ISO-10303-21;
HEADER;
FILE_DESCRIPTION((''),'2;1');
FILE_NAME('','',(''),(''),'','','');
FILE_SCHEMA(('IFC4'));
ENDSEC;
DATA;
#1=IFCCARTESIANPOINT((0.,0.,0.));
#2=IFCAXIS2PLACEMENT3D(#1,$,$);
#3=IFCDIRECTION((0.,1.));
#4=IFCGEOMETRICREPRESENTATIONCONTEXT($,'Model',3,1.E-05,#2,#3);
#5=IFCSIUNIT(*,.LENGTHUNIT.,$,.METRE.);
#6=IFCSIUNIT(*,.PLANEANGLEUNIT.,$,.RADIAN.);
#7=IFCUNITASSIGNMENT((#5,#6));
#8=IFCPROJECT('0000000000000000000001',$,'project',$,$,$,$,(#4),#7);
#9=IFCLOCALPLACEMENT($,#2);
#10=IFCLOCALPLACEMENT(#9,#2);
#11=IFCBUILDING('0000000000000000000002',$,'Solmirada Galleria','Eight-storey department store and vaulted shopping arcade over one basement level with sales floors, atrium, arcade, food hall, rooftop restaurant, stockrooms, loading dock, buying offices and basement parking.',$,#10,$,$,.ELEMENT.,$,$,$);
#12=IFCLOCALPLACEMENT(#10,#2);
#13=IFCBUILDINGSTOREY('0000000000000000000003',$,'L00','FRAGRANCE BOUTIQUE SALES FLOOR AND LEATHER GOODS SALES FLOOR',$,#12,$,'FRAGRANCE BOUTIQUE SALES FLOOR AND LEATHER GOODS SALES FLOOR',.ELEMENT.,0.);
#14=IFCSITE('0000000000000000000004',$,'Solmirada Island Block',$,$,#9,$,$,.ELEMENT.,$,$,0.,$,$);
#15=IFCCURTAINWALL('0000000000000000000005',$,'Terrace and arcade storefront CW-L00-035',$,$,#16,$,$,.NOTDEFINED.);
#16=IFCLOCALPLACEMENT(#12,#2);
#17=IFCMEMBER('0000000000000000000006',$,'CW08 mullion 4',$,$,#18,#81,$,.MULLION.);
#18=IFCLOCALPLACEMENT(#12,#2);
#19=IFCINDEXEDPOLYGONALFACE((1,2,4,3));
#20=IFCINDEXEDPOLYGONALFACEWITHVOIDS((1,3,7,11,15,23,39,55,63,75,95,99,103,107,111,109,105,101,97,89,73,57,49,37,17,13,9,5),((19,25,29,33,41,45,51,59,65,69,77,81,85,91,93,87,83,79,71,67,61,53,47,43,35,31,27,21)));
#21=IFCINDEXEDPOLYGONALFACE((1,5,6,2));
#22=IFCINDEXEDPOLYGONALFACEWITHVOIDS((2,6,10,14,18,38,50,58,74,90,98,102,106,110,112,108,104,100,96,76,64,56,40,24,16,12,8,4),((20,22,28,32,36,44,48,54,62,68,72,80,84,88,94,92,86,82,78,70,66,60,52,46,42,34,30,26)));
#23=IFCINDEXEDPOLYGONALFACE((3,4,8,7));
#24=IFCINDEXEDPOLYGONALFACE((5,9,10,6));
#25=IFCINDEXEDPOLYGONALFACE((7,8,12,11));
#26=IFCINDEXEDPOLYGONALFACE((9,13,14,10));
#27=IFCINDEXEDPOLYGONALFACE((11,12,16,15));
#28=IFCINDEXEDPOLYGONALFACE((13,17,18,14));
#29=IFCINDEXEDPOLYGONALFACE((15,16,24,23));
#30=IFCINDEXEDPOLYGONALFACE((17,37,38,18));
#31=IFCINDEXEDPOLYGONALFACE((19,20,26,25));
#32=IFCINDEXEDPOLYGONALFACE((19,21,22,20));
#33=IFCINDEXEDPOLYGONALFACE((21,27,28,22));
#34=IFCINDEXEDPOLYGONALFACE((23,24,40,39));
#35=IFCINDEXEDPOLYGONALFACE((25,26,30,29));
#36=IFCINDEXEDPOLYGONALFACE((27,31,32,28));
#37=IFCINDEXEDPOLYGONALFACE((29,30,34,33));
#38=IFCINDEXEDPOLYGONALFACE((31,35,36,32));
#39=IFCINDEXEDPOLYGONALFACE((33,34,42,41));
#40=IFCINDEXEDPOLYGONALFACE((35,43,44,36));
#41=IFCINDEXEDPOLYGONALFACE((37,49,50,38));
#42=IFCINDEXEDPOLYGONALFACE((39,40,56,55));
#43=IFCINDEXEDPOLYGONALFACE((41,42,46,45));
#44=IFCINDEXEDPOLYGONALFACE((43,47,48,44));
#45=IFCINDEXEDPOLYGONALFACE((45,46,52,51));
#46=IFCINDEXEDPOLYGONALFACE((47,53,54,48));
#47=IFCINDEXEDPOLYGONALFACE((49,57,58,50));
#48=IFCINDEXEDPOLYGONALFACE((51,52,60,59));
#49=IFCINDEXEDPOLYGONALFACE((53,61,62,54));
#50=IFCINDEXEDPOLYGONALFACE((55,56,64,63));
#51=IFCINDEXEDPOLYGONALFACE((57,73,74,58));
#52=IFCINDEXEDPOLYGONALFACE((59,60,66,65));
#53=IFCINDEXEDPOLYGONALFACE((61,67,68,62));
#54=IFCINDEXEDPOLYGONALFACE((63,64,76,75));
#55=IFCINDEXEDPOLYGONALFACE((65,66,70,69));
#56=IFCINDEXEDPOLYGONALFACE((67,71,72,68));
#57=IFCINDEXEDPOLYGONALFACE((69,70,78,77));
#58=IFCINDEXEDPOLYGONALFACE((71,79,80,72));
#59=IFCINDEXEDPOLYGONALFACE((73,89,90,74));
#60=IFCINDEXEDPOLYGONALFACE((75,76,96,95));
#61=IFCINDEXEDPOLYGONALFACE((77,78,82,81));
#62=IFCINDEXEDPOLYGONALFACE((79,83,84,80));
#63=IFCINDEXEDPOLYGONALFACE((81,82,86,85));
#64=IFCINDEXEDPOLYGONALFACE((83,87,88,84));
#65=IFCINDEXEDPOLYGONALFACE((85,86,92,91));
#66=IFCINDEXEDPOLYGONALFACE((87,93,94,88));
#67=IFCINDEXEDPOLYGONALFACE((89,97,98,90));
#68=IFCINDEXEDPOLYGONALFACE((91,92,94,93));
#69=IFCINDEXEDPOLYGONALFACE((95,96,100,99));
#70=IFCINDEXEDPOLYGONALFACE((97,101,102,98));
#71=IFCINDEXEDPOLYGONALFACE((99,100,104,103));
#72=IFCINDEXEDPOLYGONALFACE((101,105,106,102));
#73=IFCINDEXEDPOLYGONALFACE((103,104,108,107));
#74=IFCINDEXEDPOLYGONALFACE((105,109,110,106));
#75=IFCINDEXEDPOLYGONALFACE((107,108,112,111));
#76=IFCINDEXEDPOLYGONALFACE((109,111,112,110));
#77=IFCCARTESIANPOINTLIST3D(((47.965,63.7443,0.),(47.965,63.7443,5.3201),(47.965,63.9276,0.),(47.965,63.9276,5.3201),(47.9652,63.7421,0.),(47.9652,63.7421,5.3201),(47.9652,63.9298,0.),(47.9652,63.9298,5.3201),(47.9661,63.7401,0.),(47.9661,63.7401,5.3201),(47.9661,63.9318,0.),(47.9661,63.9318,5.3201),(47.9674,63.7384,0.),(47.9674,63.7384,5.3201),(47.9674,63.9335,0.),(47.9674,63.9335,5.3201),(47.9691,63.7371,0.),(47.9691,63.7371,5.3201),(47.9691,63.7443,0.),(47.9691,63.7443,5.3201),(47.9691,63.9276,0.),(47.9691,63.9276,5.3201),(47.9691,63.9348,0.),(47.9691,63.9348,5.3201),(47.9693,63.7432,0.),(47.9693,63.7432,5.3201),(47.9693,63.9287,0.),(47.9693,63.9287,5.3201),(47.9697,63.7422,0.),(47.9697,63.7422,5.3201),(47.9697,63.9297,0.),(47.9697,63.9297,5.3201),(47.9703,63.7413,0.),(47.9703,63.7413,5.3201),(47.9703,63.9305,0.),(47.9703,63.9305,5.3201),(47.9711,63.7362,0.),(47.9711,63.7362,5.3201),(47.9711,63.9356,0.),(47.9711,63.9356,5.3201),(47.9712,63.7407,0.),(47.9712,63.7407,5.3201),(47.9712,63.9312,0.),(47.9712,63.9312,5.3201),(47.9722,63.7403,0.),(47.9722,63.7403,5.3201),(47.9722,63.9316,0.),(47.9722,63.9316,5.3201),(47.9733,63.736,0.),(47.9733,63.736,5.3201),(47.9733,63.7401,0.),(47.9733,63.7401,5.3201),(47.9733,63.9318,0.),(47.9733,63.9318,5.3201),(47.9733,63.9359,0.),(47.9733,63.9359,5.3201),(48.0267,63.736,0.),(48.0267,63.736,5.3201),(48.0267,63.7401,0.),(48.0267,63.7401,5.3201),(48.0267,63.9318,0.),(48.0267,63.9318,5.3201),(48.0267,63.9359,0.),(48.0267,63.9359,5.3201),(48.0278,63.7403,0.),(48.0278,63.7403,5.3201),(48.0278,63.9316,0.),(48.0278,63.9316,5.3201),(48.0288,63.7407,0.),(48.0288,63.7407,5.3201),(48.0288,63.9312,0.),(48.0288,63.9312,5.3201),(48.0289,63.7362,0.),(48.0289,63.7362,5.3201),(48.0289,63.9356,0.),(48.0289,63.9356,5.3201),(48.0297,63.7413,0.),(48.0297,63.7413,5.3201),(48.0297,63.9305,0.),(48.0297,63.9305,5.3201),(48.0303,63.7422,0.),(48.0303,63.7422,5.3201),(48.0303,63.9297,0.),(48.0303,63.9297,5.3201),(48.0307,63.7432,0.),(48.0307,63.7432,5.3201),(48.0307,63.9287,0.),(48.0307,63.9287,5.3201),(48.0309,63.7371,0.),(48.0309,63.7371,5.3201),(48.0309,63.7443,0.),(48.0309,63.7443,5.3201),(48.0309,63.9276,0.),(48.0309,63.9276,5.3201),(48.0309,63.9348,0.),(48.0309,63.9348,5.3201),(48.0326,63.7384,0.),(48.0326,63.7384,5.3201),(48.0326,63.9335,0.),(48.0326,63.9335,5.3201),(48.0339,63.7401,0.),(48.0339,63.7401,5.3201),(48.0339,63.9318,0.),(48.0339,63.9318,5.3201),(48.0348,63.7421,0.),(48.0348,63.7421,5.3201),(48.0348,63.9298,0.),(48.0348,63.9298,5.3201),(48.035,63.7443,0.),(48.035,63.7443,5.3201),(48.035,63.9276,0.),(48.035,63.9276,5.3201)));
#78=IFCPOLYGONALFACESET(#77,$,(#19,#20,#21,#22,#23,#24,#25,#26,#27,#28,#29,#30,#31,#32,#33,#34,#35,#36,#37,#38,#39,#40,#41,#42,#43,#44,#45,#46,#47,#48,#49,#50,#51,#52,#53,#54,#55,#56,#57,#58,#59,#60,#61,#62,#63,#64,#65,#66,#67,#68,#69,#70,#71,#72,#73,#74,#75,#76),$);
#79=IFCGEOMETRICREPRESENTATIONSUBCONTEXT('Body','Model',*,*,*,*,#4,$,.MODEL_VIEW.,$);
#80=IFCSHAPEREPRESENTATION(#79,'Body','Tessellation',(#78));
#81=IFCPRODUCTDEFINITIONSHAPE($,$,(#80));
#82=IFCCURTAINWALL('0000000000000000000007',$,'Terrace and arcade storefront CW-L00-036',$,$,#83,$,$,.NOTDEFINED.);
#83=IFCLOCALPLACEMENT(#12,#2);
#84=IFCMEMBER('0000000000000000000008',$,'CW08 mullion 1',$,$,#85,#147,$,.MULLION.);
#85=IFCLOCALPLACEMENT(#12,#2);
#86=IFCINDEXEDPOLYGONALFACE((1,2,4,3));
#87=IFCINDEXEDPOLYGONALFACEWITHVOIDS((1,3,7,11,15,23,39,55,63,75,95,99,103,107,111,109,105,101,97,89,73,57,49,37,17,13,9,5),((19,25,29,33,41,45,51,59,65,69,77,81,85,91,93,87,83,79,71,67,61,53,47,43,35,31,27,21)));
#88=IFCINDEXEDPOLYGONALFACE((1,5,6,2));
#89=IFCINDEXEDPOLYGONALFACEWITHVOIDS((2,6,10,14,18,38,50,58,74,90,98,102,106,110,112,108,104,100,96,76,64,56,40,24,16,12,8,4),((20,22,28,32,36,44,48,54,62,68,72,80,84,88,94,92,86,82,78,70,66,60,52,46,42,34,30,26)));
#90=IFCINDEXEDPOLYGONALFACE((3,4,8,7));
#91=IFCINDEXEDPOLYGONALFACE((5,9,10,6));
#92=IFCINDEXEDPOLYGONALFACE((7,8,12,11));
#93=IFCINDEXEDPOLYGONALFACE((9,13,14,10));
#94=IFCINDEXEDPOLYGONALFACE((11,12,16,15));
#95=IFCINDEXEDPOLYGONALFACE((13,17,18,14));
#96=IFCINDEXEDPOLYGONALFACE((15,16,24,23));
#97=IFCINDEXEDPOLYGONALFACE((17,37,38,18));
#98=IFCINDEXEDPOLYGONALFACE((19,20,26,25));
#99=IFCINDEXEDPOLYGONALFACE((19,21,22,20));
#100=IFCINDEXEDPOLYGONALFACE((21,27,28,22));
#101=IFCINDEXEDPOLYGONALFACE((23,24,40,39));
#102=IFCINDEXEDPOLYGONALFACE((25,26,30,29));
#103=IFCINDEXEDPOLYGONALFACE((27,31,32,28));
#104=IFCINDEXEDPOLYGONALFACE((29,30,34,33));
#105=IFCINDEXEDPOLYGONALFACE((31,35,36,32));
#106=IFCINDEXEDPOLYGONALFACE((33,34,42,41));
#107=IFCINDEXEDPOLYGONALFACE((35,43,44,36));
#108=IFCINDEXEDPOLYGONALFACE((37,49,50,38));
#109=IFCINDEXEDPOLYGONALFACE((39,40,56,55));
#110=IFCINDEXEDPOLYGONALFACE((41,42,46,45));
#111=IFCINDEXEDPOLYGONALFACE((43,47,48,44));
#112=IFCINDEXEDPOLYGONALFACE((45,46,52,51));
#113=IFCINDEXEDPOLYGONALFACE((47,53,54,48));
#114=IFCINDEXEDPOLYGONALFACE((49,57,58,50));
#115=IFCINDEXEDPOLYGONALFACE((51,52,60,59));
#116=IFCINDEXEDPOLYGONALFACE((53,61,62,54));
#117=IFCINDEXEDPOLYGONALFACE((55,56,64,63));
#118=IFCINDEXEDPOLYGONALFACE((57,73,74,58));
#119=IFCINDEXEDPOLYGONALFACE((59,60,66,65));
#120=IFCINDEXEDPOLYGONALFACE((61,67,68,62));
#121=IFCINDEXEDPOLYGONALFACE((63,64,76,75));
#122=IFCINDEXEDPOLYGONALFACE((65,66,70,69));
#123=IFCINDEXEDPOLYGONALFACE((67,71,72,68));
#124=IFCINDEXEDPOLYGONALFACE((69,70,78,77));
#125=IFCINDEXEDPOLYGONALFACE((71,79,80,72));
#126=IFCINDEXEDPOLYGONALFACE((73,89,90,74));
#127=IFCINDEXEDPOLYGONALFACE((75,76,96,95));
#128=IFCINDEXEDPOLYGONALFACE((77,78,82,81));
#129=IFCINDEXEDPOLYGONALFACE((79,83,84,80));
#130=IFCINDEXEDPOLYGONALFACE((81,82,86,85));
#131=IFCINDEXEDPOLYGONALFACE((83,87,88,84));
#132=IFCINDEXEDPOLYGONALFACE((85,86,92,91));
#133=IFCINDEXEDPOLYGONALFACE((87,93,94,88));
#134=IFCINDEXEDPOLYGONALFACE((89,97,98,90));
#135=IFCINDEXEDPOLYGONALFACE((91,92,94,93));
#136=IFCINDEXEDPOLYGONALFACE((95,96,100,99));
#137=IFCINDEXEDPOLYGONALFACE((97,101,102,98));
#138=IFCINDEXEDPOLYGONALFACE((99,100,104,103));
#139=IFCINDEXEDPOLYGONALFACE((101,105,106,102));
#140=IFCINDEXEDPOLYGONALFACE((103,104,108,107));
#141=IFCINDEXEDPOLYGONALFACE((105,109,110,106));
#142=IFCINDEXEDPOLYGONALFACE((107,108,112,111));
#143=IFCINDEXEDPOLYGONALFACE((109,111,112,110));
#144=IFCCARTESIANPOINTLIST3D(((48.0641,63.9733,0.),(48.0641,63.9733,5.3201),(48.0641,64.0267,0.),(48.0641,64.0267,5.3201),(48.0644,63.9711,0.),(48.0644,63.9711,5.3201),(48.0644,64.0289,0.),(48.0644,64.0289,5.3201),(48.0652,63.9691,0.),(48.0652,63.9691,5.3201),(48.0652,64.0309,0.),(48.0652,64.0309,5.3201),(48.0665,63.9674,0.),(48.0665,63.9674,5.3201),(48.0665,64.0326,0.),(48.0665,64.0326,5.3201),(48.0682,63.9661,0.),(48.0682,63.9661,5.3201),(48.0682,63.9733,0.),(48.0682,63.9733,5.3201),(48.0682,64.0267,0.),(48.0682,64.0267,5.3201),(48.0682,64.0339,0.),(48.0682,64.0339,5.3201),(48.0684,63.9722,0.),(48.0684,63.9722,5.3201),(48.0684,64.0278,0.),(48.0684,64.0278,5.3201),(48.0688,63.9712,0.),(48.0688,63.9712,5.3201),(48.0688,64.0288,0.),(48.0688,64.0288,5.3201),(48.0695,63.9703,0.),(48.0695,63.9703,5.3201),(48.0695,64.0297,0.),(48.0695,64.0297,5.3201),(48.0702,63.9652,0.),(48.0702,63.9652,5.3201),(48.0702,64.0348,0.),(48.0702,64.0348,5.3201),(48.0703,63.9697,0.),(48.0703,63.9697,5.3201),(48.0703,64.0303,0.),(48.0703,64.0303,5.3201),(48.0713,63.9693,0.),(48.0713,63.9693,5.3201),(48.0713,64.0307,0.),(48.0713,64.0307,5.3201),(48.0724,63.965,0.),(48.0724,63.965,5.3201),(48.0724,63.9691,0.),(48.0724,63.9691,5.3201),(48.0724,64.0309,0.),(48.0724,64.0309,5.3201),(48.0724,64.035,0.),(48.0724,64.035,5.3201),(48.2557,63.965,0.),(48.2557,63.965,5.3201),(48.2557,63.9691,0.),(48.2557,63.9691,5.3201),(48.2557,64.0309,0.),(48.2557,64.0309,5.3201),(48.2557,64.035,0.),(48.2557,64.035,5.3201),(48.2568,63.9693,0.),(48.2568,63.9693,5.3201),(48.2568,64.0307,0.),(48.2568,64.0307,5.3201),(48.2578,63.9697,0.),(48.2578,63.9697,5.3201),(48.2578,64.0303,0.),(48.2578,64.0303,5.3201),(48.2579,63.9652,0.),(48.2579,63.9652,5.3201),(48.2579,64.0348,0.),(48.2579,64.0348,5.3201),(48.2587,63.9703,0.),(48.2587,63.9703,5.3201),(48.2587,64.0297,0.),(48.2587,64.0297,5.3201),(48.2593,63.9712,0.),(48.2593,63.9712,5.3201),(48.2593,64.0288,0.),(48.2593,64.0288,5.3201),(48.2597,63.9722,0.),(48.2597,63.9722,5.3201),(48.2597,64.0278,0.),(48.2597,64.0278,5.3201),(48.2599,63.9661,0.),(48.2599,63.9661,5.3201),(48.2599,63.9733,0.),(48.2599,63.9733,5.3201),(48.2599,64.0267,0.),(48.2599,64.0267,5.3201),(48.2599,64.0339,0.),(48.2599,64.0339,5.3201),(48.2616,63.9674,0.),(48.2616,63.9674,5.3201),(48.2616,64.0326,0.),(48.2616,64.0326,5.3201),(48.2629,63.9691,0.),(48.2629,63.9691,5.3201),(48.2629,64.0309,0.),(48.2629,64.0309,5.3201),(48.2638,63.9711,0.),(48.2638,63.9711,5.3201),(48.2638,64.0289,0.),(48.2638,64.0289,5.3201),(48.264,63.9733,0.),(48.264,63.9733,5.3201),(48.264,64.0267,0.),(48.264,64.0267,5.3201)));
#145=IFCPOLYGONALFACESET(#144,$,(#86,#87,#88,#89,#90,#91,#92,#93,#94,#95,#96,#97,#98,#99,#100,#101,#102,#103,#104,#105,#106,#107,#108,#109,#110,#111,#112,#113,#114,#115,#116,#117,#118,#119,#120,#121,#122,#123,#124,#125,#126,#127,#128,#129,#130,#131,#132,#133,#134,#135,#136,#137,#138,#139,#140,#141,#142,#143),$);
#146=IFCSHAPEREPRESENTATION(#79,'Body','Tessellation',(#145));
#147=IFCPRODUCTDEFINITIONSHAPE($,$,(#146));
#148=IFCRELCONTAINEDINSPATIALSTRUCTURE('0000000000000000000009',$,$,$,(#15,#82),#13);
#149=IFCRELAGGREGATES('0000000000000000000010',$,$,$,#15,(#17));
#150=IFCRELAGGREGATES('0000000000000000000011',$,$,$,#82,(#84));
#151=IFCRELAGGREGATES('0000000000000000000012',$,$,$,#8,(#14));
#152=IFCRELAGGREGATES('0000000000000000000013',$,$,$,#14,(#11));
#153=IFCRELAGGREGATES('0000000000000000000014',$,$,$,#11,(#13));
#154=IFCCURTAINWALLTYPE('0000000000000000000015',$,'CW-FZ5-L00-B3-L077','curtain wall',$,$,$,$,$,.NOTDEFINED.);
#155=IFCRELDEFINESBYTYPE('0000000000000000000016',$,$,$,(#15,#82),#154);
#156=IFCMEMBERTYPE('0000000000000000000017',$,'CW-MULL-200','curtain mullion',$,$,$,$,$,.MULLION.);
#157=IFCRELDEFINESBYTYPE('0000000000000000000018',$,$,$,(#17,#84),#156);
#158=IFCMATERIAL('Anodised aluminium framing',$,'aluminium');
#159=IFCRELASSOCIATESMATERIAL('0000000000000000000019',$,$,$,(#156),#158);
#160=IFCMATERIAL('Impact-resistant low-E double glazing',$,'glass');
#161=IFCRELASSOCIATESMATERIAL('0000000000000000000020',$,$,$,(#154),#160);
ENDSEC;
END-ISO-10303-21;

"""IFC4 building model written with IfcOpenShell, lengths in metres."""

from ifc_helpers import new_model, si_unit, direction, frame, origin, origin_2d, place, context, subcontext, project, spatial, hollow_rectangle, extrude, material, material_profile, profile_set, type_object, element, aggregate, save


model = new_model("IFC4")

# Units and contexts
model_context = context("Model", 3, precision=1e-05, world=origin(), true_north=direction((0.0, 1.0)))
body_context = subcontext(model_context, "Body", "Model", "MODEL_VIEW")
ifc_project = project(units=[si_unit("LENGTHUNIT", "METRE"), si_unit("PLANEANGLEUNIT", "RADIAN")], contexts=[model_context])

# Site, building, storey
site_placement = place(None, origin())
site = spatial("IfcSite", under=ifc_project, at=site_placement, Name="Solmirada Island Block", CompositionType="ELEMENT", RefElevation=0.0)
building_placement = place(site_placement, origin())
building = spatial("IfcBuilding", under=site, at=building_placement, Name="Solmirada Galleria", Description="Eight-storey department store and vaulted shopping arcade over one basement level with sales floors, atrium, arcade, food hall, rooftop restaurant, stockrooms, loading dock, buying offices and basement parking.", CompositionType="ELEMENT")
storey_placement = place(building_placement, origin())
storey = spatial("IfcBuildingStorey", under=building, at=storey_placement, Name="L00", Description="FRAGRANCE BOUTIQUE SALES FLOOR AND LEATHER GOODS SALES FLOOR", LongName="FRAGRANCE BOUTIQUE SALES FLOOR AND LEATHER GOODS SALES FLOOR", CompositionType="ELEMENT", Elevation=0.0)

# Shared definitions
ifc_material_1 = material(Name="Impact-resistant low-E double glazing", Category="glass")
ifc_material_2 = material(Name="Anodised aluminium framing", Category="aluminium")
ifc_material_profile_1 = material_profile(ifc_material_2, hollow_rectangle(XDim=0.0701, YDim=0.2, WallThickness=0.0042, InnerFilletRadius=0.0042, OuterFilletRadius=0.0083, at=origin_2d()), Name="ALU-MULL-200X70")
ifc_profile_set_1 = profile_set([ifc_material_profile_1], Name="Anodised aluminium framing")
member_type_1 = type_object("IfcMemberType", Name="CW-MULL-200", Description="curtain mullion", PredefinedType="MULLION", material=ifc_profile_set_1)

# Curtain wall, member
curtain_wall_type_1 = type_object("IfcCurtainWallType", Name="CW-FZ5-L00-B3-L077", Description="curtain wall", PredefinedType="NOTDEFINED", material=ifc_material_1)
curtain_wall_1_placement = place(storey_placement, origin())
curtain_wall_1 = element("IfcCurtainWall", 1, at=curtain_wall_1_placement, inside=storey, type_object=curtain_wall_type_1, Name="Terrace and arcade storefront CW-L00-035", PredefinedType="NOTDEFINED")
member_1_placement = place(storey_placement, frame((48.0, 63.8359, 0.0), z_axis=(0.0, 0.0, 1.0), x_axis=(-1.0, 0.0, 0.0)))
member_1 = element("IfcMember", 2, at=member_1_placement, type_object=member_type_1, Name="CW08 mullion 4", PredefinedType="MULLION", context=body_context, shape_type="SweptSolid", body=[
    extrude(hollow_rectangle(XDim=0.0701, YDim=0.2, WallThickness=0.0042, InnerFilletRadius=0.0042, OuterFilletRadius=0.0083, at=origin_2d()), origin(), (0.0, 0.0, 1.0), 5.3201),
])

# Curtain wall, member
curtain_wall_2_placement = place(storey_placement, origin())
curtain_wall_2 = element("IfcCurtainWall", 3, at=curtain_wall_2_placement, inside=storey, type_object=curtain_wall_type_1, Name="Terrace and arcade storefront CW-L00-036", PredefinedType="NOTDEFINED")
member_2_placement = place(storey_placement, frame((48.1641, 64.0, 0.0), z_axis=(0.0, 0.0, 1.0), x_axis=(0.0, 1.0, 0.0)))
member_2 = element("IfcMember", 4, at=member_2_placement, type_object=member_type_1, Name="CW08 mullion 1", PredefinedType="MULLION", context=body_context, shape_type="SweptSolid", body=[
    extrude(hollow_rectangle(XDim=0.0701, YDim=0.2, WallThickness=0.0042, InnerFilletRadius=0.0042, OuterFilletRadius=0.0083, at=origin_2d()), origin(), (0.0, 0.0, 1.0), 5.3201),
])

aggregate(curtain_wall_1, [member_1])
aggregate(curtain_wall_2, [member_2])

save(model, "model.ifc")
